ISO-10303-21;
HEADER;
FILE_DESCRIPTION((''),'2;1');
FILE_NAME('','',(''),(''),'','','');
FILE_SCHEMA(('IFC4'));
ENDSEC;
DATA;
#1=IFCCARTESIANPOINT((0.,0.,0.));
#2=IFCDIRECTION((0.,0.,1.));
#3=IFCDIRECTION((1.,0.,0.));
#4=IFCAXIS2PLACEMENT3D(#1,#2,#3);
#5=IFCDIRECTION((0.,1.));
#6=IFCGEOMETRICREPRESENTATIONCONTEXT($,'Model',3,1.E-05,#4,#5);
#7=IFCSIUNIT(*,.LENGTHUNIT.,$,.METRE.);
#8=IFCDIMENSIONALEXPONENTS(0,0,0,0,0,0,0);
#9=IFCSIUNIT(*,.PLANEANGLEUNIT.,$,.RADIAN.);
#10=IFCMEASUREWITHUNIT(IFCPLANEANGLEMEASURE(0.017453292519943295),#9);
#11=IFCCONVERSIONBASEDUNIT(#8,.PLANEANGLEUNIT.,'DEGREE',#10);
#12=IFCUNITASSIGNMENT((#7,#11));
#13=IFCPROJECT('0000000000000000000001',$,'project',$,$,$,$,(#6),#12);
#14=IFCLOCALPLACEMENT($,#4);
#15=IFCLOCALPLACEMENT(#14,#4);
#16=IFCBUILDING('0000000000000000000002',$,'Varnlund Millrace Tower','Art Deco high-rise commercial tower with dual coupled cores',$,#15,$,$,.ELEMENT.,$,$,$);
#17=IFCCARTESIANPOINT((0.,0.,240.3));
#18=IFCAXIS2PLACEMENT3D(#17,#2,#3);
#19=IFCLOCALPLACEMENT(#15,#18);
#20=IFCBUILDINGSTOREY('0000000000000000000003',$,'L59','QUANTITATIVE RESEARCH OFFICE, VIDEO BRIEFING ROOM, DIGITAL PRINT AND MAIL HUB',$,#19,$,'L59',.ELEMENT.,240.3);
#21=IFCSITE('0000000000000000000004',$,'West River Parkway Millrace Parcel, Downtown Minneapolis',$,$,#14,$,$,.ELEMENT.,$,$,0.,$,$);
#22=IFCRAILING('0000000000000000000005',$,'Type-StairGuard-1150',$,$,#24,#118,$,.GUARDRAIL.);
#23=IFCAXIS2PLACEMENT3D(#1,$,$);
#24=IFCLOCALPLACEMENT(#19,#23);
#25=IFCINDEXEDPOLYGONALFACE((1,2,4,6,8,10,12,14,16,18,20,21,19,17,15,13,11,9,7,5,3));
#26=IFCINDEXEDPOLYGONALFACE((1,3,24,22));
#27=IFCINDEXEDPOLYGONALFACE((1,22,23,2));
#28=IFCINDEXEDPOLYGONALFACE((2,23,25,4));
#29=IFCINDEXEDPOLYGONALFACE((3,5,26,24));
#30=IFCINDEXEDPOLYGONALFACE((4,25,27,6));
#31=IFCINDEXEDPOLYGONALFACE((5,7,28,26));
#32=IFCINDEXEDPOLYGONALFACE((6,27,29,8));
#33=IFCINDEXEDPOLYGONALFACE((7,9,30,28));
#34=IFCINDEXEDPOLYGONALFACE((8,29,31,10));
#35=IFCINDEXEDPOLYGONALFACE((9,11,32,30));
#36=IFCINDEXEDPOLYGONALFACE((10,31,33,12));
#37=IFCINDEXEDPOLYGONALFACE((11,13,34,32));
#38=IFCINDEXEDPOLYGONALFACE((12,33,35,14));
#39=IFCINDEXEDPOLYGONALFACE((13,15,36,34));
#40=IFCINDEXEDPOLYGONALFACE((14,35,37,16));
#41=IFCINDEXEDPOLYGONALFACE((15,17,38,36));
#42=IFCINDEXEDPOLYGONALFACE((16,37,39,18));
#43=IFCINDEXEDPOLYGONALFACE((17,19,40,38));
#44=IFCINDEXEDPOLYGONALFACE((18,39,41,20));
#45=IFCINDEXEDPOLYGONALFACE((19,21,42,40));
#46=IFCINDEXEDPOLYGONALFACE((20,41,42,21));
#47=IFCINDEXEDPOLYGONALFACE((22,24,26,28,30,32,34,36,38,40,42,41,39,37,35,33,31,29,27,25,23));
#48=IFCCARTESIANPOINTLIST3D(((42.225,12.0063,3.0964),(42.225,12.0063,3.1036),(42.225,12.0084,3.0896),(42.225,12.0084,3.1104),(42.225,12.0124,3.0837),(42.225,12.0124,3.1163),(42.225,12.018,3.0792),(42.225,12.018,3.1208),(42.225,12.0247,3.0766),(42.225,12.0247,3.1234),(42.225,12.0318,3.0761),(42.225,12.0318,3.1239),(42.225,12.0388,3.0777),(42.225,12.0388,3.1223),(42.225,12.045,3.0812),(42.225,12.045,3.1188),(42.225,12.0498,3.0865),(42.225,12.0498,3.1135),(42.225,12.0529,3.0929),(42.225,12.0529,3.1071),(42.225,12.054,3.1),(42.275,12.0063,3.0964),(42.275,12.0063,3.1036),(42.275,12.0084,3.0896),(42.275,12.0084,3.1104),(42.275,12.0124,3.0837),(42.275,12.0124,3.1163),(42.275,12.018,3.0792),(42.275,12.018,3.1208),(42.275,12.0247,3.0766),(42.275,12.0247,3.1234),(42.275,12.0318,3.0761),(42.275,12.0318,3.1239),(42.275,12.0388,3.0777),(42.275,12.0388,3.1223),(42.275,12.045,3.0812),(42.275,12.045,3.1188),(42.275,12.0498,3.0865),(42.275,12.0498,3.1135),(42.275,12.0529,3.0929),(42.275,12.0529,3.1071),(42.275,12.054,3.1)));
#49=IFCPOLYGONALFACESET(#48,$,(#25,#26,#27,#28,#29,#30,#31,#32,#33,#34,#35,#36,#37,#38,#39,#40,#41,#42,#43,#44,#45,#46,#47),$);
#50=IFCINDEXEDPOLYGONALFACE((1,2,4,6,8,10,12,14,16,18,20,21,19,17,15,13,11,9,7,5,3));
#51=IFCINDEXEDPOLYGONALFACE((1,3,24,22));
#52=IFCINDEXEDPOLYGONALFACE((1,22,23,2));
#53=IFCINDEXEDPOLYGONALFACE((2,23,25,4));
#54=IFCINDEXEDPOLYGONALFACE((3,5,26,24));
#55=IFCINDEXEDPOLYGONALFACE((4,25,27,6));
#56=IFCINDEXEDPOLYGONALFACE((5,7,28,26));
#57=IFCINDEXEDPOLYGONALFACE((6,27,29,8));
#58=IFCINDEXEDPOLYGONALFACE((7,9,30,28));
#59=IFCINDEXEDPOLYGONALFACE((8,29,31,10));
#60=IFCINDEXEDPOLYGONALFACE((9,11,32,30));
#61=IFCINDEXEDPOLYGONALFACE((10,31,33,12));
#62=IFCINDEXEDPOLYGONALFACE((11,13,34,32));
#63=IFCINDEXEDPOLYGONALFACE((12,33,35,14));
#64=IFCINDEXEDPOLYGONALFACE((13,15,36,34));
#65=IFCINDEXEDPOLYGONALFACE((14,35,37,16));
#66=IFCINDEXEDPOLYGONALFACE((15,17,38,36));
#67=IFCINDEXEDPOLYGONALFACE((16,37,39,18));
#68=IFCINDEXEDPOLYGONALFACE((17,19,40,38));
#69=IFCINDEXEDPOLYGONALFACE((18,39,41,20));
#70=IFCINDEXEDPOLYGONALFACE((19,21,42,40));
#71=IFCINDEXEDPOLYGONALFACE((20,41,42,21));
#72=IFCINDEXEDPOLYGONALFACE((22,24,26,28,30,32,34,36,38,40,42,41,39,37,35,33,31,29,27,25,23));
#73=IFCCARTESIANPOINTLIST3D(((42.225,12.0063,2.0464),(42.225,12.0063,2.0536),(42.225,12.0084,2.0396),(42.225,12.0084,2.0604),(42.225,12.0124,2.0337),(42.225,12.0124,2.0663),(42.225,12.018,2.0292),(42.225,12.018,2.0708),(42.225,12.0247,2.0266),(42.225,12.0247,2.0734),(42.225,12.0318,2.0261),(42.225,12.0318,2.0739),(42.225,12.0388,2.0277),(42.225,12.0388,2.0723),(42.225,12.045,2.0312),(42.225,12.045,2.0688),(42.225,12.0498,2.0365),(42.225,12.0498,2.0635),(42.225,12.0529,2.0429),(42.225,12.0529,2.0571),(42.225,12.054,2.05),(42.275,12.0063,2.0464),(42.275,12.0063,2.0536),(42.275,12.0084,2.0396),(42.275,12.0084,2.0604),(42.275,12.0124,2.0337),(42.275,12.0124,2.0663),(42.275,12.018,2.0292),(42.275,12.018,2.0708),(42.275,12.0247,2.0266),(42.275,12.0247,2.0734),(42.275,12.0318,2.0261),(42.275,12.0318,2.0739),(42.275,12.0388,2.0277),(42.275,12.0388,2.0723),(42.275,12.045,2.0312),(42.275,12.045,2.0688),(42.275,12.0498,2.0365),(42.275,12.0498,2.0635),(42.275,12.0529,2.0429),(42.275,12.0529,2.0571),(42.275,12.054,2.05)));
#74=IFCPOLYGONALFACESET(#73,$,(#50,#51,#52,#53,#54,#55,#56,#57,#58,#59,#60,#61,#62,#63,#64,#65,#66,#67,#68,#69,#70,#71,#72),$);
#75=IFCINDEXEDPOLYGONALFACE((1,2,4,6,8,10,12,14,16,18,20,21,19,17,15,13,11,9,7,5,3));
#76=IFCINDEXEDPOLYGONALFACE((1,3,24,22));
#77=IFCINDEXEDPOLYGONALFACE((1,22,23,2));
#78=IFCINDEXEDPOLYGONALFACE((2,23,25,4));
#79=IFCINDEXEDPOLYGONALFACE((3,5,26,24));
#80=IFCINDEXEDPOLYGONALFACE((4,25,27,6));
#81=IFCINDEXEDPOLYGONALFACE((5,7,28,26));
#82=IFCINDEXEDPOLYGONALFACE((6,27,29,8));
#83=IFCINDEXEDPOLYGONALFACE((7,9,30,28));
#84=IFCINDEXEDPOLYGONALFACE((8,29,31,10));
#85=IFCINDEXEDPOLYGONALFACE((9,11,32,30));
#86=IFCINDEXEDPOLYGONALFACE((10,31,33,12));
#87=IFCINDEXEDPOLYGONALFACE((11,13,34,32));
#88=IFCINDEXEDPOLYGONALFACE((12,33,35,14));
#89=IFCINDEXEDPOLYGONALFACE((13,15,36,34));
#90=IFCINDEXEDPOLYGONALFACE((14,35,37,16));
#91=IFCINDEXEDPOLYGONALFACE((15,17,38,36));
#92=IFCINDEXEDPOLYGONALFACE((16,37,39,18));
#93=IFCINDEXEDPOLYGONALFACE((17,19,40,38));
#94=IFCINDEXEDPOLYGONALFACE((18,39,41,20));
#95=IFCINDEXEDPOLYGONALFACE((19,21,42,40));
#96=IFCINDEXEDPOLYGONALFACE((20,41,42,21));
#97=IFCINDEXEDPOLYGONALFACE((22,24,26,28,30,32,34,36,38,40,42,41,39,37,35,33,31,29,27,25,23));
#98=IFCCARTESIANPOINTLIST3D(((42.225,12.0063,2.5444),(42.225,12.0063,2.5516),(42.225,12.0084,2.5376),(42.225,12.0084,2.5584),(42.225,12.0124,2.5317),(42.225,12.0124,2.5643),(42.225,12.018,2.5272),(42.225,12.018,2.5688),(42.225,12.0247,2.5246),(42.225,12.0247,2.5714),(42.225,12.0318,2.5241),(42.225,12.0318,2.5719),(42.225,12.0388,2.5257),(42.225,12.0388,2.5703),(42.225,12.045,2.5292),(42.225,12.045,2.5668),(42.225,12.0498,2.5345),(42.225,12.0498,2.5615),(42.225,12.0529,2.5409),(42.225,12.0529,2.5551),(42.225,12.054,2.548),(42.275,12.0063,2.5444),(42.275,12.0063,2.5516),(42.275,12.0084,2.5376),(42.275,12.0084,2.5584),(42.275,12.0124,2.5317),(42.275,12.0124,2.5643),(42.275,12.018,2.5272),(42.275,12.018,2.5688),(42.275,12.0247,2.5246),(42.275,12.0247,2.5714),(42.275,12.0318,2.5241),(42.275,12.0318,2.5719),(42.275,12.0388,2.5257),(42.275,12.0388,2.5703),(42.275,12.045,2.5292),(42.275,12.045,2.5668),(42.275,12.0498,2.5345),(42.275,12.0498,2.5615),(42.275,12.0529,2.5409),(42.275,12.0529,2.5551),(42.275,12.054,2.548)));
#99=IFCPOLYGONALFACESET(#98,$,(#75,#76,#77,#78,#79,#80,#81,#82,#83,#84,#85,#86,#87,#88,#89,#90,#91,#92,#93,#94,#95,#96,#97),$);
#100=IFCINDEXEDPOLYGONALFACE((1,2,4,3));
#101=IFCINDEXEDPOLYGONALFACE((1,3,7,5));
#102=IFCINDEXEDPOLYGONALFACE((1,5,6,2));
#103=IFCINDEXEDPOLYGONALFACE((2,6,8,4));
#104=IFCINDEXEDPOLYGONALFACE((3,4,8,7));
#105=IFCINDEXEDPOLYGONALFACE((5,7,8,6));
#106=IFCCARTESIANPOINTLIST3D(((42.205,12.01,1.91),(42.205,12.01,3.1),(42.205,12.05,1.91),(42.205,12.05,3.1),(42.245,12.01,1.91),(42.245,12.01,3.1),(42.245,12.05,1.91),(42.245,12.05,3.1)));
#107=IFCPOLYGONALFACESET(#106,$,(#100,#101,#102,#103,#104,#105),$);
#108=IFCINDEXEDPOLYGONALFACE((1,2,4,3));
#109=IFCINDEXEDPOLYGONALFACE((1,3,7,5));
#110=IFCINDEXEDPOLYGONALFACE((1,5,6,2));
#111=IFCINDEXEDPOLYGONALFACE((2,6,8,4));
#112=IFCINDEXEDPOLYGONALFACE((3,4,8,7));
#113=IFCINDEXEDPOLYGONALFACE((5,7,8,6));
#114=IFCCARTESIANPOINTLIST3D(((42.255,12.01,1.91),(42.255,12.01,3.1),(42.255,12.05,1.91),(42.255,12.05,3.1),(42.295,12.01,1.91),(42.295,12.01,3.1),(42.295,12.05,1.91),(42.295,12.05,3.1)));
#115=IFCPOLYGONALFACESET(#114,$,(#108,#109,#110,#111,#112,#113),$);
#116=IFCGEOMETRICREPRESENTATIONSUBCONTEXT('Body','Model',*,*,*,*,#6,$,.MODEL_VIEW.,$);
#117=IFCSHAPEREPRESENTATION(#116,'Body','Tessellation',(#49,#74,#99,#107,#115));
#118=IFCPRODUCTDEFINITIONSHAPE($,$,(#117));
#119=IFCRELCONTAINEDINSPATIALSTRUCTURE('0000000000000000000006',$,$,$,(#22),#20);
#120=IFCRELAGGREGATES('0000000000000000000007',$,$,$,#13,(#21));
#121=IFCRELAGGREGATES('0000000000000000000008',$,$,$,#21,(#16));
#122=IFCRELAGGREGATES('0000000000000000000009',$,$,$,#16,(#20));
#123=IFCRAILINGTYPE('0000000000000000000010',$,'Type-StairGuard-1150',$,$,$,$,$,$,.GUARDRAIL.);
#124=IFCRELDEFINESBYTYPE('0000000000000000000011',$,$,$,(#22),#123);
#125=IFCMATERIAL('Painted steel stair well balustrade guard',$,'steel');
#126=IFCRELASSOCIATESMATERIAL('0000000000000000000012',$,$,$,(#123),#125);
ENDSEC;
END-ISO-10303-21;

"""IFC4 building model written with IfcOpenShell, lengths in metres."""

from ifc_helpers import new_model, entity, si_unit, converted_unit, direction, frame, origin_with_axes, origin_2d_with_axis, place, context, subcontext, project, spatial, rectangle, circle, extrude, material, type_object, element, save


model = new_model("IFC4")

# Units and contexts
model_context = context("Model", 3, precision=1e-05, world=origin_with_axes(), true_north=direction((0.0, 1.0)))
body_context = subcontext(model_context, "Body", "Model", "MODEL_VIEW")
ifc_project = project(units=[si_unit("LENGTHUNIT", "METRE"), converted_unit("PLANEANGLEUNIT", "DEGREE", entity("IfcPlaneAngleMeasure", 0.017453292519943295), si_unit("PLANEANGLEUNIT", "RADIAN"), dimensions=[0, 0, 0, 0, 0, 0, 0])], contexts=[model_context])

# Site, building, storey
site_placement = place(None, origin_with_axes())
site = spatial("IfcSite", under=ifc_project, at=site_placement, Name="West River Parkway Millrace Parcel, Downtown Minneapolis", CompositionType="ELEMENT", RefElevation=0.0)
building_placement = place(site_placement, origin_with_axes())
building = spatial("IfcBuilding", under=site, at=building_placement, Name="Varnlund Millrace Tower", Description="Art Deco high-rise commercial tower with dual coupled cores", CompositionType="ELEMENT")
storey_placement = place(building_placement, frame((0.0, 0.0, 240.3), z_axis=(0.0, 0.0, 1.0), x_axis=(1.0, 0.0, 0.0)))
storey = spatial("IfcBuildingStorey", under=building, at=storey_placement, Name="L59", Description="QUANTITATIVE RESEARCH OFFICE, VIDEO BRIEFING ROOM, DIGITAL PRINT AND MAIL HUB", LongName="L59", CompositionType="ELEMENT", Elevation=240.3)

# Railing
ifc_material_1 = material(Name="Painted steel stair well balustrade guard", Category="steel")
railing_type_1 = type_object("IfcRailingType", Name="Type-StairGuard-1150", PredefinedType="GUARDRAIL", material=ifc_material_1)
railing_1_placement = place(storey_placement, frame((0.0, 0.0, -240.3), z_axis=(0.0, 0.0, 1.0), x_axis=(1.0, 0.0, 0.0)))
element("IfcRailing", 1, at=railing_1_placement, inside=storey, type_object=railing_type_1, Name="Type-StairGuard-1150", PredefinedType="GUARDRAIL", context=body_context, shape_type="SweptSolid", body=[
    extrude(circle(Radius=0.024, at=origin_2d_with_axis()), frame((42.225, 12.03, 243.4), z_axis=(1.0, 0.0, 0.0), x_axis=(0.0, 1.0, 0.0)), (0.0, 0.0, 1.0), 0.05),
    extrude(circle(Radius=0.024, at=origin_2d_with_axis()), frame((42.225, 12.03, 242.35), z_axis=(1.0, 0.0, 0.0), x_axis=(0.0, 1.0, 0.0)), (0.0, 0.0, 1.0), 0.05),
    extrude(circle(Radius=0.024, at=origin_2d_with_axis()), frame((42.225, 12.03, 242.848), z_axis=(1.0, 0.0, 0.0), x_axis=(0.0, 1.0, 0.0)), (0.0, 0.0, 1.0), 0.05),
    extrude(rectangle(XDim=0.04, YDim=0.04, at=origin_2d_with_axis()), frame((42.225, 12.03, 242.21), z_axis=(0.0, 0.0, 1.0), x_axis=(1.0, 0.0, 0.0)), (0.0, 0.0, 1.0), 1.19),
    extrude(rectangle(XDim=0.04, YDim=0.04, at=origin_2d_with_axis()), frame((42.275, 12.03, 242.21), z_axis=(0.0, 0.0, 1.0), x_axis=(1.0, 0.0, 0.0)), (0.0, 0.0, 1.0), 1.19),
])

save(model, "model.ifc")
